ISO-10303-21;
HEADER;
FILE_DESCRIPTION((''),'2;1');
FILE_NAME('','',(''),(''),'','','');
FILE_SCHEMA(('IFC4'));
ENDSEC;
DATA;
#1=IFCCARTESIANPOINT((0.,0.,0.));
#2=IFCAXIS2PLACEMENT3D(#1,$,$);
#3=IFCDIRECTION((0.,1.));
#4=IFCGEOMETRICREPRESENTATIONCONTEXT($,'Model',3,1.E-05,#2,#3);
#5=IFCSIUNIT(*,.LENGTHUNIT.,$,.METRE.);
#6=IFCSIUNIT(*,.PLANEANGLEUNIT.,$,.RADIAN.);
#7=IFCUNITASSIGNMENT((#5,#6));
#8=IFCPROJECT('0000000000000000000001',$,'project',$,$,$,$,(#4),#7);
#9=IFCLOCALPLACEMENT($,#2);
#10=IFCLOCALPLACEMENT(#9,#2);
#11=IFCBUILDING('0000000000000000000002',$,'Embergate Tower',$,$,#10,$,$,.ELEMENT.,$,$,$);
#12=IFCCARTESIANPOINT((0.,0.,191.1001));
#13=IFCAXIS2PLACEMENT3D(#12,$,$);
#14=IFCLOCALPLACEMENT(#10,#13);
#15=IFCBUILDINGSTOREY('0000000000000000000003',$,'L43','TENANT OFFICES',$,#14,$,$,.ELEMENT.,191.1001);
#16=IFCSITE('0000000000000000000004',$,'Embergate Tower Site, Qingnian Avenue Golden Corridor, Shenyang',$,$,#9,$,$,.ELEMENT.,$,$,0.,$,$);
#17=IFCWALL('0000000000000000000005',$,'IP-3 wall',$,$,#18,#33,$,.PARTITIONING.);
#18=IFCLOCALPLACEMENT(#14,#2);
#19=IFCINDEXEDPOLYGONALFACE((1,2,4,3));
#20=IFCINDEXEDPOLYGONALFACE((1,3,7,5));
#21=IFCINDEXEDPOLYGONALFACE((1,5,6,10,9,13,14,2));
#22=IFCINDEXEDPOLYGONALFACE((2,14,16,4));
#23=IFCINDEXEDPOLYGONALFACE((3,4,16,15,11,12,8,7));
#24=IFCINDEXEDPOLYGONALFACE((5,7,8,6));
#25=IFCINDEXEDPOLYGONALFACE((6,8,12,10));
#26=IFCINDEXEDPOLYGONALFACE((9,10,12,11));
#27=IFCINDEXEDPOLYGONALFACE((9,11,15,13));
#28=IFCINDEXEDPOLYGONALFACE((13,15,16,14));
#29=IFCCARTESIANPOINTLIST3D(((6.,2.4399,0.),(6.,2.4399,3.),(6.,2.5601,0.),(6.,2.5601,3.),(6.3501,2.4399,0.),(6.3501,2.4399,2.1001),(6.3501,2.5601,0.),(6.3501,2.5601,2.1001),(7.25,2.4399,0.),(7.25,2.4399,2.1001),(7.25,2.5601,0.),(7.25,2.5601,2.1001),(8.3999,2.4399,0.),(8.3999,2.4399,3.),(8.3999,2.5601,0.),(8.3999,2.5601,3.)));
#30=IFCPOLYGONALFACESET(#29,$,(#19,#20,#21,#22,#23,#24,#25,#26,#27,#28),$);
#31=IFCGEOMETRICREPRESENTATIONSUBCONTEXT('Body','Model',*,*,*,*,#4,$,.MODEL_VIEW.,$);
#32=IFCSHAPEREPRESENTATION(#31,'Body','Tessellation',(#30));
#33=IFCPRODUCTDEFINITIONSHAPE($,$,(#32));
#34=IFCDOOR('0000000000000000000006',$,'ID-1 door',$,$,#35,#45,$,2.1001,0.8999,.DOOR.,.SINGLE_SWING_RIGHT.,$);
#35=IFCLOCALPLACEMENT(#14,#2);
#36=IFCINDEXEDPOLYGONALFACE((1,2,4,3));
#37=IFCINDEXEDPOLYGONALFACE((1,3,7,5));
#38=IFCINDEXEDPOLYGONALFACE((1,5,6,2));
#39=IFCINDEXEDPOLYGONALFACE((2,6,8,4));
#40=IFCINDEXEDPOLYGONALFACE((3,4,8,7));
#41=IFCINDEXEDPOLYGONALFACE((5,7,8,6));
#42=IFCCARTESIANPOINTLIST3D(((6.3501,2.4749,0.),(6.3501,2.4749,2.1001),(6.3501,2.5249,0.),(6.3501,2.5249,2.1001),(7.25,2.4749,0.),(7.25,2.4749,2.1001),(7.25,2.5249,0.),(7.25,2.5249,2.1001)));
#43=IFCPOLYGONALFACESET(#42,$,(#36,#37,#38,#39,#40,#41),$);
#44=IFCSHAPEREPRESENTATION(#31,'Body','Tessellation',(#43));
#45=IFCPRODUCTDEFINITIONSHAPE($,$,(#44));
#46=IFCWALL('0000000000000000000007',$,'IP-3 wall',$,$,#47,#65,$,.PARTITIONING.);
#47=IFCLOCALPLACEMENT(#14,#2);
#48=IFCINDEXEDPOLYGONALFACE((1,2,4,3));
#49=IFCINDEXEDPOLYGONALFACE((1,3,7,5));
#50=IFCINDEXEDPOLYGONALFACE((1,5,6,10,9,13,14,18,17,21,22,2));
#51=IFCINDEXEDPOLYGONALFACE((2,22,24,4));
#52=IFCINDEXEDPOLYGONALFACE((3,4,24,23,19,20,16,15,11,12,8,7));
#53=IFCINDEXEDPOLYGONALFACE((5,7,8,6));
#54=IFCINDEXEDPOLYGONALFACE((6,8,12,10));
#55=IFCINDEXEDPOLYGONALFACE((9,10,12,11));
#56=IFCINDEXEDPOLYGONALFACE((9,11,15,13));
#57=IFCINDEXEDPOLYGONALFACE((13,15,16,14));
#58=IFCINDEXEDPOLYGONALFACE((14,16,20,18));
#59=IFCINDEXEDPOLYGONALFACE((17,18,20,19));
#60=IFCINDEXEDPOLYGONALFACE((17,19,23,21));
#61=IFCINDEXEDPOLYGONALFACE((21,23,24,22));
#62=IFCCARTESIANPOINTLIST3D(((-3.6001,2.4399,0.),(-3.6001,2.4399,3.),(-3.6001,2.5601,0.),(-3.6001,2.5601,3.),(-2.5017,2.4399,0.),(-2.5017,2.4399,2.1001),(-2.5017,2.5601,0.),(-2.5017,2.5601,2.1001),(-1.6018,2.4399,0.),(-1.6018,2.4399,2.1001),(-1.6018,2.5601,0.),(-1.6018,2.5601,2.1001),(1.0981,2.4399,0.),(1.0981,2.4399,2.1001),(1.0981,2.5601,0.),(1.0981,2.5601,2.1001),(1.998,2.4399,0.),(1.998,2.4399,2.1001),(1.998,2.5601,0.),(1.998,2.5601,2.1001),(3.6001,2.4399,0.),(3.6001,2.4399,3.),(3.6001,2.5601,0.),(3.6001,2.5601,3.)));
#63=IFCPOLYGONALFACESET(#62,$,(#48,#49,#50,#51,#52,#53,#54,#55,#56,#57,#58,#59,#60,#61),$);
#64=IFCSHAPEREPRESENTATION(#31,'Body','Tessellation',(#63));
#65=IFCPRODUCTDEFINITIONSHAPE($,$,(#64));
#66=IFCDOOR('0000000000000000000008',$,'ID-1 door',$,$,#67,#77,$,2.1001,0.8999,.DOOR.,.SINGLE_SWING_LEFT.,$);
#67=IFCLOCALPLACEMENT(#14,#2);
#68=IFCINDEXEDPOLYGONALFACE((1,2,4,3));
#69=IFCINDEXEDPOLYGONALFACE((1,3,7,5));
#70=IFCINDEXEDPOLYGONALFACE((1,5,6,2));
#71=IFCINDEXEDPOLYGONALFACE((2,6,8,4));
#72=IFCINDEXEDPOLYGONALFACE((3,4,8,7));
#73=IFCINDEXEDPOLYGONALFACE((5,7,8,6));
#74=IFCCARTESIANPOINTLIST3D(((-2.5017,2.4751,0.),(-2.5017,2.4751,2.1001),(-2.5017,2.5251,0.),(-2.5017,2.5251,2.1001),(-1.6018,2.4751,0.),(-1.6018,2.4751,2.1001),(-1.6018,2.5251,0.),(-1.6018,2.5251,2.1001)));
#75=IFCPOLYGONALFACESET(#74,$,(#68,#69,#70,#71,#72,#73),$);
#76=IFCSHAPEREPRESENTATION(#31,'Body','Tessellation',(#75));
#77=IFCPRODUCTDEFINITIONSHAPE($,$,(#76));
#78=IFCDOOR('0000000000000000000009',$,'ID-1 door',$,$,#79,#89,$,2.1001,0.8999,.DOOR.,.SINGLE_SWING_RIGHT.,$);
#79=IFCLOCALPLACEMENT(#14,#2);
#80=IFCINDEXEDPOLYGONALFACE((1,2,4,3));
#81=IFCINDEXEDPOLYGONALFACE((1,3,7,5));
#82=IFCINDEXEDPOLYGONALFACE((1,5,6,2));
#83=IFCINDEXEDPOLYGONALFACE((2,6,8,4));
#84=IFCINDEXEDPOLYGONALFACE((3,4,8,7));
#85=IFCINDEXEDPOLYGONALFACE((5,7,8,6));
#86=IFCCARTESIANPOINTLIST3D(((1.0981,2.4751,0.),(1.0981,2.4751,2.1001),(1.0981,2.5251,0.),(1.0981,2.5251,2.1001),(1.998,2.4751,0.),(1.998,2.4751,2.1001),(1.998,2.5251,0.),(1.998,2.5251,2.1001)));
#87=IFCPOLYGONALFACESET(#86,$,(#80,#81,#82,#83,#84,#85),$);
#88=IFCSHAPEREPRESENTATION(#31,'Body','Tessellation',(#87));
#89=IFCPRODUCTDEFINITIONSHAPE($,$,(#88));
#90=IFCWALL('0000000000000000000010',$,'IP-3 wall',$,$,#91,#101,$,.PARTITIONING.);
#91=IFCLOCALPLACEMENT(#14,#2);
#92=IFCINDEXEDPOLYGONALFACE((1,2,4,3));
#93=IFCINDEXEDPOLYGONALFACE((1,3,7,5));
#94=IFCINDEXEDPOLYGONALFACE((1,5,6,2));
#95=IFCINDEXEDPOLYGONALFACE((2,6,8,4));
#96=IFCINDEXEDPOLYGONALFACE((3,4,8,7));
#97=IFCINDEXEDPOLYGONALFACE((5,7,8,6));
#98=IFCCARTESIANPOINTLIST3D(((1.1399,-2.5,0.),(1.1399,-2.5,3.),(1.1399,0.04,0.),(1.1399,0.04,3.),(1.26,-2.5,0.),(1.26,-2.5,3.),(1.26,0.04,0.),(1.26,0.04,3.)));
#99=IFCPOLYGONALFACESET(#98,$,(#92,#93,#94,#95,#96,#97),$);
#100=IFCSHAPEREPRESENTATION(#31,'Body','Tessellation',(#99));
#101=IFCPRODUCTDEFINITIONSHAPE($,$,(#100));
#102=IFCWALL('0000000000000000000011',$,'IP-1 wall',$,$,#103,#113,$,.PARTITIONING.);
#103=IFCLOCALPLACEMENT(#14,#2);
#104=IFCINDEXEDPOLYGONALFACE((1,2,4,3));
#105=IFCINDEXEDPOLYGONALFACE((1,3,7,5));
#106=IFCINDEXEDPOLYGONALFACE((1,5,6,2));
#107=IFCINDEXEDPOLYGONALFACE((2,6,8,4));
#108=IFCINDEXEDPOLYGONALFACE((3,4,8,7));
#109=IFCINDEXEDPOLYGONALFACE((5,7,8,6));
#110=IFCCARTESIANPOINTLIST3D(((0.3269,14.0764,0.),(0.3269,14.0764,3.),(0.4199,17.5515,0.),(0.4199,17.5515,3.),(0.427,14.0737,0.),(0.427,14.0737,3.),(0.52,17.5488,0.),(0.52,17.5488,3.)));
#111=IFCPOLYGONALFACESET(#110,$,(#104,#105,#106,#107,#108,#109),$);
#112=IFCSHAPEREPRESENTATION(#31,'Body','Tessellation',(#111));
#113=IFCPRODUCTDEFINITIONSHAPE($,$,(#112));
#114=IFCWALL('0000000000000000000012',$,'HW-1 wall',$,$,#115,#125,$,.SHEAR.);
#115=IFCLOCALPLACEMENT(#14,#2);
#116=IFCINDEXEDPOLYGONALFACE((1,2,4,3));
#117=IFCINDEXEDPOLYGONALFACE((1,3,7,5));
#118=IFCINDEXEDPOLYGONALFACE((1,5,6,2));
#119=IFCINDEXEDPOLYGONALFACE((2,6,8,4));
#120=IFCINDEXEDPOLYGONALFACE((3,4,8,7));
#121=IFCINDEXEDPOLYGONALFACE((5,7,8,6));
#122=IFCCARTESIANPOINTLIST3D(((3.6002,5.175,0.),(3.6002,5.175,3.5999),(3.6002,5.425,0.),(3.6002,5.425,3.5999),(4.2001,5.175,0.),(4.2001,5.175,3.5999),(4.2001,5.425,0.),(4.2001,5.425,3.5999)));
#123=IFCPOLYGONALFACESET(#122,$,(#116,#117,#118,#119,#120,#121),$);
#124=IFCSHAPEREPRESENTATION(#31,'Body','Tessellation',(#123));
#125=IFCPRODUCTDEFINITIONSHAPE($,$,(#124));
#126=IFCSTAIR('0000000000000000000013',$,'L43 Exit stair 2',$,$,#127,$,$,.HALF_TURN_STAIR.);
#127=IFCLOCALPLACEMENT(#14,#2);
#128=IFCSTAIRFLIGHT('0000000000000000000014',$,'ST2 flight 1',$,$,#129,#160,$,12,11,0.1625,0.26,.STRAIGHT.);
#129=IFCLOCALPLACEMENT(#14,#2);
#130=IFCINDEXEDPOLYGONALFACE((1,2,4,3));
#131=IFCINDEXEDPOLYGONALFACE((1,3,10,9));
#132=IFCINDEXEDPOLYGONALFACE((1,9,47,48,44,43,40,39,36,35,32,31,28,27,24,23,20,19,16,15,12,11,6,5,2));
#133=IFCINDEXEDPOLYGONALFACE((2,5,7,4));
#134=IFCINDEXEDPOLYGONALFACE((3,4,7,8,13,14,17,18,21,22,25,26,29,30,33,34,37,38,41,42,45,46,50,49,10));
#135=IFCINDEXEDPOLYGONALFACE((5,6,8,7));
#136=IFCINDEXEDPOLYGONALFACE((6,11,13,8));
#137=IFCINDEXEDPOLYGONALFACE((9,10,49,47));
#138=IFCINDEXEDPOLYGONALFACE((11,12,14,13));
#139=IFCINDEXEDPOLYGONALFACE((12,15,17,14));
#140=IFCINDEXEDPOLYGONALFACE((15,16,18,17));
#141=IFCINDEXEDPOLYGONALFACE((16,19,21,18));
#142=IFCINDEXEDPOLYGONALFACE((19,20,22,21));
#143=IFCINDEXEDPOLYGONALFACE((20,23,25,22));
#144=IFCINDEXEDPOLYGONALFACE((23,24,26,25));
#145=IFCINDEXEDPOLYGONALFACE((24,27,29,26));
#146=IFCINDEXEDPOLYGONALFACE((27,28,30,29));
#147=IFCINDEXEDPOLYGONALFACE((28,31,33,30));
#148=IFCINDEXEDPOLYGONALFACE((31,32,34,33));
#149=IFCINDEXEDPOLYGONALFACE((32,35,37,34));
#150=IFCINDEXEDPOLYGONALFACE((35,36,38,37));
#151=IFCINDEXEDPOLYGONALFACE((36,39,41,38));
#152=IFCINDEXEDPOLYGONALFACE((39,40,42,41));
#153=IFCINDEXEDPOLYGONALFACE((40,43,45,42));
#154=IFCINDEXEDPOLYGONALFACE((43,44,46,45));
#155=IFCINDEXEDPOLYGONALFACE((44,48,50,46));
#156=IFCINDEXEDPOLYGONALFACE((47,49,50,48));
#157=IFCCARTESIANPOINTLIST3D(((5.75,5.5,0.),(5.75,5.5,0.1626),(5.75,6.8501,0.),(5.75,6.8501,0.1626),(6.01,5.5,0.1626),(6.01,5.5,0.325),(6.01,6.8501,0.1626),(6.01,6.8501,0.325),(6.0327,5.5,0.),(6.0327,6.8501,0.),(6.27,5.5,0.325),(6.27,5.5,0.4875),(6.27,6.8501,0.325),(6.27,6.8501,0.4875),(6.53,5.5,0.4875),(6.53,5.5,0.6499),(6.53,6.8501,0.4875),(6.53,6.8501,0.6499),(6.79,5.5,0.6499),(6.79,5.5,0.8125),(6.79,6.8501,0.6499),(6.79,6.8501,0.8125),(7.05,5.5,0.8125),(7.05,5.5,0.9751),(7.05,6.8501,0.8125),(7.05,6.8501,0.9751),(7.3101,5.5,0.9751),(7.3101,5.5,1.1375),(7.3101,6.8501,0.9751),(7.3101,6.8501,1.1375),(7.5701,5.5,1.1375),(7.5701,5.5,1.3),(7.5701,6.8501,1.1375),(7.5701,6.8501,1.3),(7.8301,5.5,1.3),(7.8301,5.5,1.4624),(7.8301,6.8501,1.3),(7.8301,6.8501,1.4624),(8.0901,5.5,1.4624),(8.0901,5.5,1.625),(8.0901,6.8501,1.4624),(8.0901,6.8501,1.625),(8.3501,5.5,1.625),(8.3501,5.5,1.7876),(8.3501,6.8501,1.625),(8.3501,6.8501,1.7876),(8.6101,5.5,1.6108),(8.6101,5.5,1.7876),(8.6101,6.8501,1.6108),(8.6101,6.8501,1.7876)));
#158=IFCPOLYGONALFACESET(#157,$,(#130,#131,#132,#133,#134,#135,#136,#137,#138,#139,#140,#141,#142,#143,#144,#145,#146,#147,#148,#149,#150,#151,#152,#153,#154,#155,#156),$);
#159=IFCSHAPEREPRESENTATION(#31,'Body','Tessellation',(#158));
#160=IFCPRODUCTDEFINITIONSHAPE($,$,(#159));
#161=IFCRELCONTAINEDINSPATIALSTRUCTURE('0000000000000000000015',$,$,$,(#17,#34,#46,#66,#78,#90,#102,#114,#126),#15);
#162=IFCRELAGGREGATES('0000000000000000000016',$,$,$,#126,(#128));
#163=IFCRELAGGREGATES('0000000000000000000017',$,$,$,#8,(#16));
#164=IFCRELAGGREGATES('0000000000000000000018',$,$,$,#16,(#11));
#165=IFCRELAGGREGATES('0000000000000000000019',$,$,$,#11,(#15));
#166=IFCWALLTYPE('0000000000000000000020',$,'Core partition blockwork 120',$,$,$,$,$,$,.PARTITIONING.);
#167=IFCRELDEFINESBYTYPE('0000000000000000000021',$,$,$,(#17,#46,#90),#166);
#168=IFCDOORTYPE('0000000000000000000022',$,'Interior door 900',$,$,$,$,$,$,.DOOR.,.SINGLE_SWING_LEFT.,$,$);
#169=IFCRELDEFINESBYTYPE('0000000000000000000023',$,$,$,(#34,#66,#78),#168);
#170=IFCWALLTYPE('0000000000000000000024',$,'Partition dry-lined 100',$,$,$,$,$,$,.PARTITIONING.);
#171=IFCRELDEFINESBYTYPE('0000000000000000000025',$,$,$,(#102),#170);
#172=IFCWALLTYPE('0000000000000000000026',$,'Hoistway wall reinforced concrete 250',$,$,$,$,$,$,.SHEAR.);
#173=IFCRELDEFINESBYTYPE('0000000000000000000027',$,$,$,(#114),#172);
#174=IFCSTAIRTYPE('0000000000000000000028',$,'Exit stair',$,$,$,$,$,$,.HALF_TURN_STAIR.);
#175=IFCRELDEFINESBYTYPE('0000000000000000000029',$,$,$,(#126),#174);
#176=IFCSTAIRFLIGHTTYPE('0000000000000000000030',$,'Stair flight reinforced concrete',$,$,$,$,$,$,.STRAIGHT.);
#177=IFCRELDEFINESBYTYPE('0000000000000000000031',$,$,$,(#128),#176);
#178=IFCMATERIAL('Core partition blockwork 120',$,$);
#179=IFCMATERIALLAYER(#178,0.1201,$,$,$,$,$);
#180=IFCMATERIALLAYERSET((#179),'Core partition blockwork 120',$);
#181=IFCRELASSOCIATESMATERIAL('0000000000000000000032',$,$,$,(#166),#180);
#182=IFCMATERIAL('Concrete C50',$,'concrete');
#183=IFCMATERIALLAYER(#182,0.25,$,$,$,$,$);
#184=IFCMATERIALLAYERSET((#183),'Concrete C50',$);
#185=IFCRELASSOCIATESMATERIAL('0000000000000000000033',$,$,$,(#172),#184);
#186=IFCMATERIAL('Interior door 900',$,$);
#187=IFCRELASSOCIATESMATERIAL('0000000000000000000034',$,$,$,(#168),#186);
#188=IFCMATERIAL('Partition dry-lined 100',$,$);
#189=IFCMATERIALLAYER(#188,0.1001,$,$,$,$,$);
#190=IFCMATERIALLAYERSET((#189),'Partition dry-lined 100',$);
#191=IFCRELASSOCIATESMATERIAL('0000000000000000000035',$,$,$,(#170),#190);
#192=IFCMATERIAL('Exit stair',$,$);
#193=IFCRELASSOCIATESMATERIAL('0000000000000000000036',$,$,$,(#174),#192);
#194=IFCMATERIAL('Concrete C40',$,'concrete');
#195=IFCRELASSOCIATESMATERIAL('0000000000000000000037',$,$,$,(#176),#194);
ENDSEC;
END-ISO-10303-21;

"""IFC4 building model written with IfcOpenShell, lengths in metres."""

from ifc_helpers import new_model, si_unit, direction, frame, frame_2d, origin, place, context, subcontext, project, spatial, polyline, rectangle, outline, extrude, source, transform, mapped, material, layer, layer_set, type_object, element, fill, aggregate, save


model = new_model("IFC4")

# Units and contexts
model_context = context("Model", 3, precision=1e-05, world=origin(), true_north=direction((0.0, 1.0)))
body_context = subcontext(model_context, "Body", "Model", "MODEL_VIEW")
ifc_project = project(units=[si_unit("LENGTHUNIT", "METRE"), si_unit("PLANEANGLEUNIT", "RADIAN")], contexts=[model_context])

# Site, building, storey
site_placement = place(None, origin())
site = spatial("IfcSite", under=ifc_project, at=site_placement, Name="Embergate Tower Site, Qingnian Avenue Golden Corridor, Shenyang", CompositionType="ELEMENT", RefElevation=0.0)
building_placement = place(site_placement, origin())
building = spatial("IfcBuilding", under=site, at=building_placement, Name="Embergate Tower", CompositionType="ELEMENT")
storey_placement = place(building_placement, frame((0.0, 0.0, 191.1001)))
storey = spatial("IfcBuildingStorey", under=building, at=storey_placement, Name="L43", Description="TENANT OFFICES", CompositionType="ELEMENT", Elevation=191.1001)

# Shared definitions
ifc_material_1 = material(Name="Core partition blockwork 120")
ifc_layer_1 = layer(ifc_material_1, 0.1201)
ifc_layer_set_1 = layer_set([ifc_layer_1], Name="Core partition blockwork 120")
wall_type_1 = type_object("IfcWallType", Name="Core partition blockwork 120", PredefinedType="PARTITIONING", material=ifc_layer_set_1)

# Shared definitions
ifc_material_2 = material(Name="Concrete C50", Category="concrete")
ifc_layer_2 = layer(ifc_material_2, 0.25)
ifc_layer_set_2 = layer_set([ifc_layer_2], Name="Concrete C50")
wall_type_2 = type_object("IfcWallType", Name="Hoistway wall reinforced concrete 250", PredefinedType="SHEAR", material=ifc_layer_set_2)

# Wall, opening, door
shared_shape_1 = source(origin(), body_context, "Body", "SweptSolid", [
    extrude(rectangle(XDim=2.3999, YDim=0.1201, at=frame_2d((1.2, 0.0))), origin(), (0.0, 0.0, 1.0), 3.0),
])
wall_1_placement = place(storey_placement, frame((6.0, 2.5, 0.0), z_axis=(0.0, 0.0, 1.0), x_axis=(1.0, 0.0, 0.0)))
wall_1 = element("IfcWall", 1, at=wall_1_placement, inside=storey, type_object=wall_type_1, Name="IP-3 wall", PredefinedType="PARTITIONING", context=body_context, shape_type="MappedRepresentation", body=[
    mapped(shared_shape_1, transform((0.0, 0.0, 0.0))),
])
shared_shape_2 = source(origin(), body_context, "Body", "SweptSolid", [
    extrude(rectangle(XDim=0.8999, YDim=2.1001, at=frame_2d((0.45, 1.05))), frame((0.0, 0.0701, 0.0), z_axis=(0.0, -1.0, 0.0), x_axis=(1.0, 0.0, 0.0)), (0.0, 0.0, 1.0), 0.1401),
])
opening_1_placement = place(wall_1_placement, frame((0.3501, 0.0, 0.0)))
opening_1 = element("IfcOpeningElement", 2, at=opening_1_placement, cuts=wall_1, PredefinedType="OPENING", context=body_context, shape_type="MappedRepresentation", body=[
    mapped(shared_shape_2, transform((0.0, 0.0, 0.0))),
])
ifc_material_3 = material(Name="Interior door 900")
door_type_1 = type_object("IfcDoorType", Name="Interior door 900", OperationType="SINGLE_SWING_LEFT", PredefinedType="DOOR", material=ifc_material_3)
shared_shape_3 = source(origin(), body_context, "Body", "SweptSolid", [
    extrude(rectangle(XDim=0.8999, YDim=2.1001, at=frame_2d((0.45, 1.05))), frame((0.0, 0.0249, 0.0), z_axis=(0.0, -1.0, 0.0), x_axis=(1.0, 0.0, 0.0)), (0.0, 0.0, 1.0), 0.05),
])
door_1_placement = place(opening_1_placement, origin())
door_1 = element("IfcDoor", 3, at=door_1_placement, inside=storey, type_object=door_type_1, Name="ID-1 door", OperationType="SINGLE_SWING_RIGHT", OverallHeight=2.1001, OverallWidth=0.8999, PredefinedType="DOOR", context=body_context, shape_type="MappedRepresentation", body=[
    mapped(shared_shape_3, transform((0.0, 0.0, 0.0))),
])
fill(opening_1, door_1)

# Wall, openings, doors
shared_shape_4 = source(origin(), body_context, "Body", "SweptSolid", [
    extrude(rectangle(XDim=7.2002, YDim=0.1201, at=frame_2d((3.6001, 0.0))), origin(), (0.0, 0.0, 1.0), 3.0),
])
wall_2_placement = place(storey_placement, frame((3.6001, 2.5, 0.0), z_axis=(0.0, 0.0, 1.0), x_axis=(-1.0, 0.0, 0.0)))
wall_2 = element("IfcWall", 4, at=wall_2_placement, inside=storey, type_object=wall_type_1, Name="IP-3 wall", PredefinedType="PARTITIONING", context=body_context, shape_type="MappedRepresentation", body=[
    mapped(shared_shape_4, transform((0.0, 0.0, 0.0))),
])
opening_2_placement = place(wall_2_placement, frame((5.2019, 0.0, 0.0)))
opening_2 = element("IfcOpeningElement", 5, at=opening_2_placement, cuts=wall_2, PredefinedType="OPENING", context=body_context, shape_type="MappedRepresentation", body=[
    mapped(shared_shape_2, transform((0.0, 0.0, 0.0))),
])
opening_3_placement = place(wall_2_placement, frame((1.6021, 0.0, 0.0)))
opening_3 = element("IfcOpeningElement", 6, at=opening_3_placement, cuts=wall_2, PredefinedType="OPENING", context=body_context, shape_type="MappedRepresentation", body=[
    mapped(shared_shape_2, transform((0.0, 0.0, 0.0))),
])
door_2_placement = place(opening_2_placement, origin())
door_2 = element("IfcDoor", 7, at=door_2_placement, inside=storey, type_object=door_type_1, Name="ID-1 door", OperationType="SINGLE_SWING_LEFT", OverallHeight=2.1001, OverallWidth=0.8999, PredefinedType="DOOR", context=body_context, shape_type="MappedRepresentation", body=[
    mapped(shared_shape_3, transform((0.0, 0.0, 0.0))),
])
fill(opening_2, door_2)
door_3_placement = place(opening_3_placement, origin())
door_3 = element("IfcDoor", 8, at=door_3_placement, inside=storey, type_object=door_type_1, Name="ID-1 door", OperationType="SINGLE_SWING_RIGHT", OverallHeight=2.1001, OverallWidth=0.8999, PredefinedType="DOOR", context=body_context, shape_type="MappedRepresentation", body=[
    mapped(shared_shape_3, transform((0.0, 0.0, 0.0))),
])
fill(opening_3, door_3)

# Walls
shared_shape_5 = source(origin(), body_context, "Body", "SweptSolid", [
    extrude(rectangle(XDim=2.54, YDim=0.1201, at=frame_2d((1.27, 0.0))), origin(), (0.0, 0.0, 1.0), 3.0),
])
wall_3_placement = place(storey_placement, frame((1.2, 0.04, 0.0), z_axis=(0.0, 0.0, 1.0), x_axis=(0.0, -1.0, 0.0)))
element("IfcWall", 9, at=wall_3_placement, inside=storey, type_object=wall_type_1, Name="IP-3 wall", PredefinedType="PARTITIONING", context=body_context, shape_type="MappedRepresentation", body=[
    mapped(shared_shape_5, transform((0.0, 0.0, 0.0))),
])
ifc_material_4 = material(Name="Partition dry-lined 100")
ifc_layer_3 = layer(ifc_material_4, 0.1001)
ifc_layer_set_3 = layer_set([ifc_layer_3], Name="Partition dry-lined 100")
wall_type_3 = type_object("IfcWallType", Name="Partition dry-lined 100", PredefinedType="PARTITIONING", material=ifc_layer_set_3)
shared_shape_6 = source(origin(), body_context, "Body", "SweptSolid", [
    extrude(rectangle(XDim=3.4763, YDim=0.1001, at=frame_2d((1.7383, 0.0))), origin(), (0.0, 0.0, 1.0), 3.0),
])
wall_4_placement = place(storey_placement, frame((0.377, 14.075, 0.0), z_axis=(0.0, 0.0, 1.0), x_axis=(0.026757, 0.999642, 0.0)))
element("IfcWall", 10, at=wall_4_placement, inside=storey, type_object=wall_type_3, Name="IP-1 wall", PredefinedType="PARTITIONING", context=body_context, shape_type="MappedRepresentation", body=[
    mapped(shared_shape_6, transform((0.0, 0.0, 0.0))),
])
shared_shape_7 = source(origin(), body_context, "Body", "SweptSolid", [
    extrude(rectangle(XDim=0.5999, YDim=0.25, at=frame_2d((0.2998, 0.0))), origin(), (0.0, 0.0, 1.0), 3.5999),
])
wall_5_placement = place(storey_placement, frame((4.2, 5.3, 0.0), z_axis=(0.0, 0.0, 1.0), x_axis=(-1.0, 0.0, 0.0)))
element("IfcWall", 11, at=wall_5_placement, inside=storey, type_object=wall_type_2, Name="HW-1 wall", PredefinedType="SHEAR", context=body_context, shape_type="MappedRepresentation", body=[
    mapped(shared_shape_7, transform((0.0, 0.0, 0.0))),
])

# Stair, stair flight
ifc_material_5 = material(Name="Exit stair")
stair_type = type_object("IfcStairType", Name="Exit stair", PredefinedType="HALF_TURN_STAIR", material=ifc_material_5)
stair_placement = place(storey_placement, origin())
stair = element("IfcStair", 12, at=stair_placement, inside=storey, type_object=stair_type, Name="L43 Exit stair 2", PredefinedType="HALF_TURN_STAIR")
ifc_material_6 = material(Name="Concrete C40", Category="concrete")
stair_flight_type = type_object("IfcStairFlightType", Name="Stair flight reinforced concrete", PredefinedType="STRAIGHT", material=ifc_material_6)
shared_shape_8 = source(origin(), body_context, "Body", "SweptSolid", [
    extrude(outline(polyline([(0.0, 0.0), (0.0, 0.1626), (0.26, 0.1626), (0.26, 0.325), (0.52, 0.325), (0.52, 0.4875), (0.78, 0.4875), (0.78, 0.6499), (1.04, 0.6499), (1.04, 0.8125), (1.3, 0.8125), (1.3, 0.9751), (1.5601, 0.9751), (1.5601, 1.1375), (1.8201, 1.1375), (1.8201, 1.3), (2.0801, 1.3), (2.0801, 1.4624), (2.3401, 1.4624), (2.3401, 1.625), (2.6001, 1.625), (2.6001, 1.7876), (2.8601, 1.7876), (2.8601, 1.95), (2.8601, 1.6108), (0.2827, 0.0), (0.0, 0.0)])), frame((0.0, 0.675, 0.0), z_axis=(0.0, -1.0, 0.0), x_axis=(1.0, 0.0, 0.0)), (0.0, 0.0, 1.0), 1.3501),
])
stair_flight_placement = place(storey_placement, frame((5.75, 6.175, 0.0), z_axis=(0.0, 0.0, 1.0), x_axis=(1.0, 0.0, 0.0)))
stair_flight = element("IfcStairFlight", 13, at=stair_flight_placement, type_object=stair_flight_type, Name="ST2 flight 1", NumberOfRisers=12, NumberOfTreads=11, PredefinedType="STRAIGHT", RiserHeight=0.1625, TreadLength=0.26, context=body_context, shape_type="MappedRepresentation", body=[
    mapped(shared_shape_8, transform((0.0, 0.0, 0.0))),
])
aggregate(stair, [stair_flight])

save(model, "model.ifc")
